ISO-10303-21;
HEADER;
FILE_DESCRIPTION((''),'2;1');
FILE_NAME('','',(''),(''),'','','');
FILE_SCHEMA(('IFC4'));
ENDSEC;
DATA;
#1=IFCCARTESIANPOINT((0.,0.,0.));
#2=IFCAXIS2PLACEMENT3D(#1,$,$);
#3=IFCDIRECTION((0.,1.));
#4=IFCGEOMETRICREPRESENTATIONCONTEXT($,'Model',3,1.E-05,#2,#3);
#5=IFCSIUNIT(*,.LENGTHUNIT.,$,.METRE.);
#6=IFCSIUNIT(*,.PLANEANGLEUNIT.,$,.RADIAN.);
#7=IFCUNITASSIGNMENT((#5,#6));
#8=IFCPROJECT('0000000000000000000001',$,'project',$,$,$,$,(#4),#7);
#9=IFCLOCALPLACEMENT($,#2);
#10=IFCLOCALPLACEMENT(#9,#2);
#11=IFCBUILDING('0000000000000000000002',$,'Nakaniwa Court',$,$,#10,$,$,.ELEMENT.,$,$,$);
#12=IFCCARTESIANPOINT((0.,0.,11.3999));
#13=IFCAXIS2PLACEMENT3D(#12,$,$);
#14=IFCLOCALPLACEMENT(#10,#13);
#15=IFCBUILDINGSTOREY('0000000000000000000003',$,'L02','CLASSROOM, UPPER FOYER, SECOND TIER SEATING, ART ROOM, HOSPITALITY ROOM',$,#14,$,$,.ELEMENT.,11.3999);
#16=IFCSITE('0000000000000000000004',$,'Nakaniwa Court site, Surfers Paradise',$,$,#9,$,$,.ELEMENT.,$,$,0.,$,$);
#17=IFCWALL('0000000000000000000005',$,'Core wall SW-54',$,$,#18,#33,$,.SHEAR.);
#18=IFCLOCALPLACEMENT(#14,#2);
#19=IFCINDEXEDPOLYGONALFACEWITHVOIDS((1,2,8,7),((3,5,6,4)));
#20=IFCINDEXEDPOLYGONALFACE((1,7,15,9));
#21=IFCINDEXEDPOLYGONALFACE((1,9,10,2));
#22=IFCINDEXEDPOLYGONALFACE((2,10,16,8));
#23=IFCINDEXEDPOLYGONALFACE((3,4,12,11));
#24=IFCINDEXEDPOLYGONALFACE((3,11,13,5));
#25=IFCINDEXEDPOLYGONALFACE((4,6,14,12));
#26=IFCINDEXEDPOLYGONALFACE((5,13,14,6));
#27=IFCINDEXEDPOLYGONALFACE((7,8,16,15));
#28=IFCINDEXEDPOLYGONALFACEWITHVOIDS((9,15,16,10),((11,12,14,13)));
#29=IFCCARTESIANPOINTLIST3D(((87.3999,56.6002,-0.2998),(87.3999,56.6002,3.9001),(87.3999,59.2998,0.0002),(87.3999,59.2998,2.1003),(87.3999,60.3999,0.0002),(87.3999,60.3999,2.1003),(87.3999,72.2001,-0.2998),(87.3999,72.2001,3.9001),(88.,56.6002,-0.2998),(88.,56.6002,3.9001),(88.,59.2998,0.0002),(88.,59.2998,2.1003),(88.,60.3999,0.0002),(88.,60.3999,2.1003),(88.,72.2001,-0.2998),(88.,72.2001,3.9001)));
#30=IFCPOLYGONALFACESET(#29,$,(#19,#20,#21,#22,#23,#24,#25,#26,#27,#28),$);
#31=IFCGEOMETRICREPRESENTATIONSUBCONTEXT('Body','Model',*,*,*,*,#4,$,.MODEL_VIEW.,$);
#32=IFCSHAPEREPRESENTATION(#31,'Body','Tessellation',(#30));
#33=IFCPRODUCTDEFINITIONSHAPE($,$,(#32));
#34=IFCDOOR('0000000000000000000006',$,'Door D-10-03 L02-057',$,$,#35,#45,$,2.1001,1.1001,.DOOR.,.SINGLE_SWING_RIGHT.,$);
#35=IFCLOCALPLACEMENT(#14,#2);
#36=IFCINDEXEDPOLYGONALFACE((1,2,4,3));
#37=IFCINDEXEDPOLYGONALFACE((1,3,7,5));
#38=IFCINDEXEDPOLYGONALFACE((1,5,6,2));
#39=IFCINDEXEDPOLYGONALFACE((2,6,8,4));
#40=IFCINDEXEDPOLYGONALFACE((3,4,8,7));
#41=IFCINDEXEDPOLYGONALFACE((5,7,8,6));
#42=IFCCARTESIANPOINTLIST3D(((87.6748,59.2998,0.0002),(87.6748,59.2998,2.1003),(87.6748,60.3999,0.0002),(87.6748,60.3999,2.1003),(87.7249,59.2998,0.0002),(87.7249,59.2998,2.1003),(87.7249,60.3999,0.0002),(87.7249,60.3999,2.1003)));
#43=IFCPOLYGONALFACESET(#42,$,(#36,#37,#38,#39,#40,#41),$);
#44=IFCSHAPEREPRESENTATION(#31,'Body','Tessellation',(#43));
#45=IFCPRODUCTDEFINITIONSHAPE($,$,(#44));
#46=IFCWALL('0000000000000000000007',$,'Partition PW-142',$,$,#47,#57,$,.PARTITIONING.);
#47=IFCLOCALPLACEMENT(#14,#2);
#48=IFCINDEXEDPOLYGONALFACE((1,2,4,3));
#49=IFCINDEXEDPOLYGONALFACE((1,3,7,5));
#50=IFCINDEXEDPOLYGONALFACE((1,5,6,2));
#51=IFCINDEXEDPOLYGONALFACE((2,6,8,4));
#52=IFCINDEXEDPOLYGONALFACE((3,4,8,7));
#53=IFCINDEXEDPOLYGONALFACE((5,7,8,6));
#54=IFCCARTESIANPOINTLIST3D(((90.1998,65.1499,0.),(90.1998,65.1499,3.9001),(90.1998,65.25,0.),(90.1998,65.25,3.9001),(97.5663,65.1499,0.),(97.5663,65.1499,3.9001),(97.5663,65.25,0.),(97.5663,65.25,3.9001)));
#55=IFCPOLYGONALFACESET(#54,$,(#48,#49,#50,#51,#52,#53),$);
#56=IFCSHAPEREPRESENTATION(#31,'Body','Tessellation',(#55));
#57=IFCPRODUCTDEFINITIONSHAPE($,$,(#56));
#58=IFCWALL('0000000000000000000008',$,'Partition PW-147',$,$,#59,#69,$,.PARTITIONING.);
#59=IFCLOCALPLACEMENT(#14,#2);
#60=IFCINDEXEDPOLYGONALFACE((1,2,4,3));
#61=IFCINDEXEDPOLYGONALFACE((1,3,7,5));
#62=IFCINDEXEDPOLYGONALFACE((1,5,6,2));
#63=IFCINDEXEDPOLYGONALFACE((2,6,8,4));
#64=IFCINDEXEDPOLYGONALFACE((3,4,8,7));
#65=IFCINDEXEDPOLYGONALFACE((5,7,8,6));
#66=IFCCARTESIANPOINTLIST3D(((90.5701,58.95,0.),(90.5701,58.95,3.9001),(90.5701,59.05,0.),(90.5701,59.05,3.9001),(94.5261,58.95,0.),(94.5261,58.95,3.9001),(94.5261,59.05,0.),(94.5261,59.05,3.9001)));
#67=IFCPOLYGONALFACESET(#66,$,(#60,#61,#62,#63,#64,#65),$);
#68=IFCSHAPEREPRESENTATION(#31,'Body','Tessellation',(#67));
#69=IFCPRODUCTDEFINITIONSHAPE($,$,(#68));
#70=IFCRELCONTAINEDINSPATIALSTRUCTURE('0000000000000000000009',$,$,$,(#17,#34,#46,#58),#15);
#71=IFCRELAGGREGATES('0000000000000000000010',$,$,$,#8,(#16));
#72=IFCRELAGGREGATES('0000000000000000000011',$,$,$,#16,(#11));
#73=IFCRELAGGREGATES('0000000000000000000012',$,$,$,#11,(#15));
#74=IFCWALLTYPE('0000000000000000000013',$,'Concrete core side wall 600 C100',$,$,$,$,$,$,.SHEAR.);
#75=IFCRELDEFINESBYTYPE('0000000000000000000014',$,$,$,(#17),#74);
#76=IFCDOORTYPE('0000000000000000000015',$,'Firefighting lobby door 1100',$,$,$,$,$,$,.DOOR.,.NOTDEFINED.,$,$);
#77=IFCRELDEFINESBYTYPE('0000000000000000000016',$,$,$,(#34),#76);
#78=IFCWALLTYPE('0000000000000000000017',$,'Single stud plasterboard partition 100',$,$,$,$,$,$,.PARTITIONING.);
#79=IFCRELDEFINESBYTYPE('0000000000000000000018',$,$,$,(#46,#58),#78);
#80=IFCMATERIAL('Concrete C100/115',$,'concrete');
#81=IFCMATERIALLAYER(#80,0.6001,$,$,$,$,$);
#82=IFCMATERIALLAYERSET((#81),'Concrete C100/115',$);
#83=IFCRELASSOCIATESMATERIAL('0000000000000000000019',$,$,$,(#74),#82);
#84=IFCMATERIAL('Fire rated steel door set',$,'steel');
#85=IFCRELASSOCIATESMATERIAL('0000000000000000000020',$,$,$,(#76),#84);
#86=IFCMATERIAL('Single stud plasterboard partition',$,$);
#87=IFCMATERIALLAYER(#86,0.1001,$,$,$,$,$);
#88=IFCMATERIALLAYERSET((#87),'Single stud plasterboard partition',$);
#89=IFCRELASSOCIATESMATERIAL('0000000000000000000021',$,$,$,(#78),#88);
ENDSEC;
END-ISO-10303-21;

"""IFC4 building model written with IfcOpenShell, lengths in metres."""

from ifc_helpers import new_model, si_unit, direction, frame, frame_2d, origin, place, context, subcontext, project, spatial, rectangle, extrude, material, layer, layer_set, type_object, element, fill, save


model = new_model("IFC4")

# Units and contexts
model_context = context("Model", 3, precision=1e-05, world=origin(), true_north=direction((0.0, 1.0)))
body_context = subcontext(model_context, "Body", "Model", "MODEL_VIEW")
ifc_project = project(units=[si_unit("LENGTHUNIT", "METRE"), si_unit("PLANEANGLEUNIT", "RADIAN")], contexts=[model_context])

# Site, building, storey
site_placement = place(None, origin())
site = spatial("IfcSite", under=ifc_project, at=site_placement, Name="Nakaniwa Court site, Surfers Paradise", CompositionType="ELEMENT", RefElevation=0.0)
building_placement = place(site_placement, origin())
building = spatial("IfcBuilding", under=site, at=building_placement, Name="Nakaniwa Court", CompositionType="ELEMENT")
storey_placement = place(building_placement, frame((0.0, 0.0, 11.3999)))
storey = spatial("IfcBuildingStorey", under=building, at=storey_placement, Name="L02", Description="CLASSROOM, UPPER FOYER, SECOND TIER SEATING, ART ROOM, HOSPITALITY ROOM", CompositionType="ELEMENT", Elevation=11.3999)

# Shared definitions
ifc_material_1 = material(Name="Concrete C100/115", Category="concrete")

# Wall, opening, door
ifc_material_2 = material(Name="Fire rated steel door set", Category="steel")
ifc_layer_1 = layer(ifc_material_1, 0.6001)
ifc_layer_set_1 = layer_set([ifc_layer_1], Name="Concrete C100/115")
wall_type_1 = type_object("IfcWallType", Name="Concrete core side wall 600 C100", PredefinedType="SHEAR", material=ifc_layer_set_1)
wall_1_placement = place(storey_placement, frame((87.7, 72.2, -0.2998), z_axis=(0.0, 0.0, 1.0), x_axis=(0.0, -1.0, 0.0)))
wall_1 = element("IfcWall", 1, at=wall_1_placement, inside=storey, type_object=wall_type_1, Name="Core wall SW-54", PredefinedType="SHEAR", context=body_context, shape_type="SweptSolid", body=[
    extrude(rectangle(XDim=15.5999, YDim=0.6001, at=frame_2d((7.7998, 0.0))), origin(), (0.0, 0.0, 1.0), 4.2),
])
opening_1_placement = place(wall_1_placement, frame((11.8, 0.0, 0.3)))
opening_1 = element("IfcOpeningElement", 2, at=opening_1_placement, cuts=wall_1, PredefinedType="OPENING", context=body_context, shape_type="SweptSolid", body=[
    extrude(rectangle(XDim=1.1001, YDim=2.1001, at=frame_2d((0.55, 1.05))), frame((0.0, 0.3101, 0.0), z_axis=(0.0, -1.0, 0.0), x_axis=(1.0, 0.0, 0.0)), (0.0, 0.0, 1.0), 0.6201),
])
door_type_1 = type_object("IfcDoorType", Name="Firefighting lobby door 1100", OperationType="NOTDEFINED", PredefinedType="DOOR", material=ifc_material_2)
door_1_placement = place(opening_1_placement, origin())
door_1 = element("IfcDoor", 3, at=door_1_placement, inside=storey, type_object=door_type_1, Name="Door D-10-03 L02-057", OperationType="SINGLE_SWING_RIGHT", OverallHeight=2.1001, OverallWidth=1.1001, PredefinedType="DOOR", context=body_context, shape_type="SweptSolid", body=[
    extrude(rectangle(XDim=1.1001, YDim=2.1001, at=frame_2d((0.55, 1.05))), frame((0.0, 0.0249, 0.0), z_axis=(0.0, -1.0, 0.0), x_axis=(1.0, 0.0, 0.0)), (0.0, 0.0, 1.0), 0.05),
])
fill(opening_1, door_1)

# Walls
ifc_material_3 = material(Name="Single stud plasterboard partition")
ifc_layer_2 = layer(ifc_material_3, 0.1001)
ifc_layer_set_2 = layer_set([ifc_layer_2], Name="Single stud plasterboard partition")
wall_type_2 = type_object("IfcWallType", Name="Single stud plasterboard partition 100", PredefinedType="PARTITIONING", material=ifc_layer_set_2)
wall_2_placement = place(storey_placement, frame((90.2, 65.2, 0.0), z_axis=(0.0, 0.0, 1.0), x_axis=(1.0, 0.0, 0.0)))
element("IfcWall", 4, at=wall_2_placement, inside=storey, type_object=wall_type_2, Name="Partition PW-142", PredefinedType="PARTITIONING", context=body_context, shape_type="SweptSolid", body=[
    extrude(rectangle(XDim=7.3665, YDim=0.1001, at=frame_2d((3.6831, 0.0))), origin(), (0.0, 0.0, 1.0), 3.9001),
])
wall_3_placement = place(storey_placement, frame((90.5701, 59.0, 0.0), z_axis=(0.0, 0.0, 1.0), x_axis=(1.0, 0.0, 0.0)))
element("IfcWall", 5, at=wall_3_placement, inside=storey, type_object=wall_type_2, Name="Partition PW-147", PredefinedType="PARTITIONING", context=body_context, shape_type="SweptSolid", body=[
    extrude(rectangle(XDim=3.9561, YDim=0.1001, at=frame_2d((1.978, 0.0))), origin(), (0.0, 0.0, 1.0), 3.9001),
])

save(model, "model.ifc")
